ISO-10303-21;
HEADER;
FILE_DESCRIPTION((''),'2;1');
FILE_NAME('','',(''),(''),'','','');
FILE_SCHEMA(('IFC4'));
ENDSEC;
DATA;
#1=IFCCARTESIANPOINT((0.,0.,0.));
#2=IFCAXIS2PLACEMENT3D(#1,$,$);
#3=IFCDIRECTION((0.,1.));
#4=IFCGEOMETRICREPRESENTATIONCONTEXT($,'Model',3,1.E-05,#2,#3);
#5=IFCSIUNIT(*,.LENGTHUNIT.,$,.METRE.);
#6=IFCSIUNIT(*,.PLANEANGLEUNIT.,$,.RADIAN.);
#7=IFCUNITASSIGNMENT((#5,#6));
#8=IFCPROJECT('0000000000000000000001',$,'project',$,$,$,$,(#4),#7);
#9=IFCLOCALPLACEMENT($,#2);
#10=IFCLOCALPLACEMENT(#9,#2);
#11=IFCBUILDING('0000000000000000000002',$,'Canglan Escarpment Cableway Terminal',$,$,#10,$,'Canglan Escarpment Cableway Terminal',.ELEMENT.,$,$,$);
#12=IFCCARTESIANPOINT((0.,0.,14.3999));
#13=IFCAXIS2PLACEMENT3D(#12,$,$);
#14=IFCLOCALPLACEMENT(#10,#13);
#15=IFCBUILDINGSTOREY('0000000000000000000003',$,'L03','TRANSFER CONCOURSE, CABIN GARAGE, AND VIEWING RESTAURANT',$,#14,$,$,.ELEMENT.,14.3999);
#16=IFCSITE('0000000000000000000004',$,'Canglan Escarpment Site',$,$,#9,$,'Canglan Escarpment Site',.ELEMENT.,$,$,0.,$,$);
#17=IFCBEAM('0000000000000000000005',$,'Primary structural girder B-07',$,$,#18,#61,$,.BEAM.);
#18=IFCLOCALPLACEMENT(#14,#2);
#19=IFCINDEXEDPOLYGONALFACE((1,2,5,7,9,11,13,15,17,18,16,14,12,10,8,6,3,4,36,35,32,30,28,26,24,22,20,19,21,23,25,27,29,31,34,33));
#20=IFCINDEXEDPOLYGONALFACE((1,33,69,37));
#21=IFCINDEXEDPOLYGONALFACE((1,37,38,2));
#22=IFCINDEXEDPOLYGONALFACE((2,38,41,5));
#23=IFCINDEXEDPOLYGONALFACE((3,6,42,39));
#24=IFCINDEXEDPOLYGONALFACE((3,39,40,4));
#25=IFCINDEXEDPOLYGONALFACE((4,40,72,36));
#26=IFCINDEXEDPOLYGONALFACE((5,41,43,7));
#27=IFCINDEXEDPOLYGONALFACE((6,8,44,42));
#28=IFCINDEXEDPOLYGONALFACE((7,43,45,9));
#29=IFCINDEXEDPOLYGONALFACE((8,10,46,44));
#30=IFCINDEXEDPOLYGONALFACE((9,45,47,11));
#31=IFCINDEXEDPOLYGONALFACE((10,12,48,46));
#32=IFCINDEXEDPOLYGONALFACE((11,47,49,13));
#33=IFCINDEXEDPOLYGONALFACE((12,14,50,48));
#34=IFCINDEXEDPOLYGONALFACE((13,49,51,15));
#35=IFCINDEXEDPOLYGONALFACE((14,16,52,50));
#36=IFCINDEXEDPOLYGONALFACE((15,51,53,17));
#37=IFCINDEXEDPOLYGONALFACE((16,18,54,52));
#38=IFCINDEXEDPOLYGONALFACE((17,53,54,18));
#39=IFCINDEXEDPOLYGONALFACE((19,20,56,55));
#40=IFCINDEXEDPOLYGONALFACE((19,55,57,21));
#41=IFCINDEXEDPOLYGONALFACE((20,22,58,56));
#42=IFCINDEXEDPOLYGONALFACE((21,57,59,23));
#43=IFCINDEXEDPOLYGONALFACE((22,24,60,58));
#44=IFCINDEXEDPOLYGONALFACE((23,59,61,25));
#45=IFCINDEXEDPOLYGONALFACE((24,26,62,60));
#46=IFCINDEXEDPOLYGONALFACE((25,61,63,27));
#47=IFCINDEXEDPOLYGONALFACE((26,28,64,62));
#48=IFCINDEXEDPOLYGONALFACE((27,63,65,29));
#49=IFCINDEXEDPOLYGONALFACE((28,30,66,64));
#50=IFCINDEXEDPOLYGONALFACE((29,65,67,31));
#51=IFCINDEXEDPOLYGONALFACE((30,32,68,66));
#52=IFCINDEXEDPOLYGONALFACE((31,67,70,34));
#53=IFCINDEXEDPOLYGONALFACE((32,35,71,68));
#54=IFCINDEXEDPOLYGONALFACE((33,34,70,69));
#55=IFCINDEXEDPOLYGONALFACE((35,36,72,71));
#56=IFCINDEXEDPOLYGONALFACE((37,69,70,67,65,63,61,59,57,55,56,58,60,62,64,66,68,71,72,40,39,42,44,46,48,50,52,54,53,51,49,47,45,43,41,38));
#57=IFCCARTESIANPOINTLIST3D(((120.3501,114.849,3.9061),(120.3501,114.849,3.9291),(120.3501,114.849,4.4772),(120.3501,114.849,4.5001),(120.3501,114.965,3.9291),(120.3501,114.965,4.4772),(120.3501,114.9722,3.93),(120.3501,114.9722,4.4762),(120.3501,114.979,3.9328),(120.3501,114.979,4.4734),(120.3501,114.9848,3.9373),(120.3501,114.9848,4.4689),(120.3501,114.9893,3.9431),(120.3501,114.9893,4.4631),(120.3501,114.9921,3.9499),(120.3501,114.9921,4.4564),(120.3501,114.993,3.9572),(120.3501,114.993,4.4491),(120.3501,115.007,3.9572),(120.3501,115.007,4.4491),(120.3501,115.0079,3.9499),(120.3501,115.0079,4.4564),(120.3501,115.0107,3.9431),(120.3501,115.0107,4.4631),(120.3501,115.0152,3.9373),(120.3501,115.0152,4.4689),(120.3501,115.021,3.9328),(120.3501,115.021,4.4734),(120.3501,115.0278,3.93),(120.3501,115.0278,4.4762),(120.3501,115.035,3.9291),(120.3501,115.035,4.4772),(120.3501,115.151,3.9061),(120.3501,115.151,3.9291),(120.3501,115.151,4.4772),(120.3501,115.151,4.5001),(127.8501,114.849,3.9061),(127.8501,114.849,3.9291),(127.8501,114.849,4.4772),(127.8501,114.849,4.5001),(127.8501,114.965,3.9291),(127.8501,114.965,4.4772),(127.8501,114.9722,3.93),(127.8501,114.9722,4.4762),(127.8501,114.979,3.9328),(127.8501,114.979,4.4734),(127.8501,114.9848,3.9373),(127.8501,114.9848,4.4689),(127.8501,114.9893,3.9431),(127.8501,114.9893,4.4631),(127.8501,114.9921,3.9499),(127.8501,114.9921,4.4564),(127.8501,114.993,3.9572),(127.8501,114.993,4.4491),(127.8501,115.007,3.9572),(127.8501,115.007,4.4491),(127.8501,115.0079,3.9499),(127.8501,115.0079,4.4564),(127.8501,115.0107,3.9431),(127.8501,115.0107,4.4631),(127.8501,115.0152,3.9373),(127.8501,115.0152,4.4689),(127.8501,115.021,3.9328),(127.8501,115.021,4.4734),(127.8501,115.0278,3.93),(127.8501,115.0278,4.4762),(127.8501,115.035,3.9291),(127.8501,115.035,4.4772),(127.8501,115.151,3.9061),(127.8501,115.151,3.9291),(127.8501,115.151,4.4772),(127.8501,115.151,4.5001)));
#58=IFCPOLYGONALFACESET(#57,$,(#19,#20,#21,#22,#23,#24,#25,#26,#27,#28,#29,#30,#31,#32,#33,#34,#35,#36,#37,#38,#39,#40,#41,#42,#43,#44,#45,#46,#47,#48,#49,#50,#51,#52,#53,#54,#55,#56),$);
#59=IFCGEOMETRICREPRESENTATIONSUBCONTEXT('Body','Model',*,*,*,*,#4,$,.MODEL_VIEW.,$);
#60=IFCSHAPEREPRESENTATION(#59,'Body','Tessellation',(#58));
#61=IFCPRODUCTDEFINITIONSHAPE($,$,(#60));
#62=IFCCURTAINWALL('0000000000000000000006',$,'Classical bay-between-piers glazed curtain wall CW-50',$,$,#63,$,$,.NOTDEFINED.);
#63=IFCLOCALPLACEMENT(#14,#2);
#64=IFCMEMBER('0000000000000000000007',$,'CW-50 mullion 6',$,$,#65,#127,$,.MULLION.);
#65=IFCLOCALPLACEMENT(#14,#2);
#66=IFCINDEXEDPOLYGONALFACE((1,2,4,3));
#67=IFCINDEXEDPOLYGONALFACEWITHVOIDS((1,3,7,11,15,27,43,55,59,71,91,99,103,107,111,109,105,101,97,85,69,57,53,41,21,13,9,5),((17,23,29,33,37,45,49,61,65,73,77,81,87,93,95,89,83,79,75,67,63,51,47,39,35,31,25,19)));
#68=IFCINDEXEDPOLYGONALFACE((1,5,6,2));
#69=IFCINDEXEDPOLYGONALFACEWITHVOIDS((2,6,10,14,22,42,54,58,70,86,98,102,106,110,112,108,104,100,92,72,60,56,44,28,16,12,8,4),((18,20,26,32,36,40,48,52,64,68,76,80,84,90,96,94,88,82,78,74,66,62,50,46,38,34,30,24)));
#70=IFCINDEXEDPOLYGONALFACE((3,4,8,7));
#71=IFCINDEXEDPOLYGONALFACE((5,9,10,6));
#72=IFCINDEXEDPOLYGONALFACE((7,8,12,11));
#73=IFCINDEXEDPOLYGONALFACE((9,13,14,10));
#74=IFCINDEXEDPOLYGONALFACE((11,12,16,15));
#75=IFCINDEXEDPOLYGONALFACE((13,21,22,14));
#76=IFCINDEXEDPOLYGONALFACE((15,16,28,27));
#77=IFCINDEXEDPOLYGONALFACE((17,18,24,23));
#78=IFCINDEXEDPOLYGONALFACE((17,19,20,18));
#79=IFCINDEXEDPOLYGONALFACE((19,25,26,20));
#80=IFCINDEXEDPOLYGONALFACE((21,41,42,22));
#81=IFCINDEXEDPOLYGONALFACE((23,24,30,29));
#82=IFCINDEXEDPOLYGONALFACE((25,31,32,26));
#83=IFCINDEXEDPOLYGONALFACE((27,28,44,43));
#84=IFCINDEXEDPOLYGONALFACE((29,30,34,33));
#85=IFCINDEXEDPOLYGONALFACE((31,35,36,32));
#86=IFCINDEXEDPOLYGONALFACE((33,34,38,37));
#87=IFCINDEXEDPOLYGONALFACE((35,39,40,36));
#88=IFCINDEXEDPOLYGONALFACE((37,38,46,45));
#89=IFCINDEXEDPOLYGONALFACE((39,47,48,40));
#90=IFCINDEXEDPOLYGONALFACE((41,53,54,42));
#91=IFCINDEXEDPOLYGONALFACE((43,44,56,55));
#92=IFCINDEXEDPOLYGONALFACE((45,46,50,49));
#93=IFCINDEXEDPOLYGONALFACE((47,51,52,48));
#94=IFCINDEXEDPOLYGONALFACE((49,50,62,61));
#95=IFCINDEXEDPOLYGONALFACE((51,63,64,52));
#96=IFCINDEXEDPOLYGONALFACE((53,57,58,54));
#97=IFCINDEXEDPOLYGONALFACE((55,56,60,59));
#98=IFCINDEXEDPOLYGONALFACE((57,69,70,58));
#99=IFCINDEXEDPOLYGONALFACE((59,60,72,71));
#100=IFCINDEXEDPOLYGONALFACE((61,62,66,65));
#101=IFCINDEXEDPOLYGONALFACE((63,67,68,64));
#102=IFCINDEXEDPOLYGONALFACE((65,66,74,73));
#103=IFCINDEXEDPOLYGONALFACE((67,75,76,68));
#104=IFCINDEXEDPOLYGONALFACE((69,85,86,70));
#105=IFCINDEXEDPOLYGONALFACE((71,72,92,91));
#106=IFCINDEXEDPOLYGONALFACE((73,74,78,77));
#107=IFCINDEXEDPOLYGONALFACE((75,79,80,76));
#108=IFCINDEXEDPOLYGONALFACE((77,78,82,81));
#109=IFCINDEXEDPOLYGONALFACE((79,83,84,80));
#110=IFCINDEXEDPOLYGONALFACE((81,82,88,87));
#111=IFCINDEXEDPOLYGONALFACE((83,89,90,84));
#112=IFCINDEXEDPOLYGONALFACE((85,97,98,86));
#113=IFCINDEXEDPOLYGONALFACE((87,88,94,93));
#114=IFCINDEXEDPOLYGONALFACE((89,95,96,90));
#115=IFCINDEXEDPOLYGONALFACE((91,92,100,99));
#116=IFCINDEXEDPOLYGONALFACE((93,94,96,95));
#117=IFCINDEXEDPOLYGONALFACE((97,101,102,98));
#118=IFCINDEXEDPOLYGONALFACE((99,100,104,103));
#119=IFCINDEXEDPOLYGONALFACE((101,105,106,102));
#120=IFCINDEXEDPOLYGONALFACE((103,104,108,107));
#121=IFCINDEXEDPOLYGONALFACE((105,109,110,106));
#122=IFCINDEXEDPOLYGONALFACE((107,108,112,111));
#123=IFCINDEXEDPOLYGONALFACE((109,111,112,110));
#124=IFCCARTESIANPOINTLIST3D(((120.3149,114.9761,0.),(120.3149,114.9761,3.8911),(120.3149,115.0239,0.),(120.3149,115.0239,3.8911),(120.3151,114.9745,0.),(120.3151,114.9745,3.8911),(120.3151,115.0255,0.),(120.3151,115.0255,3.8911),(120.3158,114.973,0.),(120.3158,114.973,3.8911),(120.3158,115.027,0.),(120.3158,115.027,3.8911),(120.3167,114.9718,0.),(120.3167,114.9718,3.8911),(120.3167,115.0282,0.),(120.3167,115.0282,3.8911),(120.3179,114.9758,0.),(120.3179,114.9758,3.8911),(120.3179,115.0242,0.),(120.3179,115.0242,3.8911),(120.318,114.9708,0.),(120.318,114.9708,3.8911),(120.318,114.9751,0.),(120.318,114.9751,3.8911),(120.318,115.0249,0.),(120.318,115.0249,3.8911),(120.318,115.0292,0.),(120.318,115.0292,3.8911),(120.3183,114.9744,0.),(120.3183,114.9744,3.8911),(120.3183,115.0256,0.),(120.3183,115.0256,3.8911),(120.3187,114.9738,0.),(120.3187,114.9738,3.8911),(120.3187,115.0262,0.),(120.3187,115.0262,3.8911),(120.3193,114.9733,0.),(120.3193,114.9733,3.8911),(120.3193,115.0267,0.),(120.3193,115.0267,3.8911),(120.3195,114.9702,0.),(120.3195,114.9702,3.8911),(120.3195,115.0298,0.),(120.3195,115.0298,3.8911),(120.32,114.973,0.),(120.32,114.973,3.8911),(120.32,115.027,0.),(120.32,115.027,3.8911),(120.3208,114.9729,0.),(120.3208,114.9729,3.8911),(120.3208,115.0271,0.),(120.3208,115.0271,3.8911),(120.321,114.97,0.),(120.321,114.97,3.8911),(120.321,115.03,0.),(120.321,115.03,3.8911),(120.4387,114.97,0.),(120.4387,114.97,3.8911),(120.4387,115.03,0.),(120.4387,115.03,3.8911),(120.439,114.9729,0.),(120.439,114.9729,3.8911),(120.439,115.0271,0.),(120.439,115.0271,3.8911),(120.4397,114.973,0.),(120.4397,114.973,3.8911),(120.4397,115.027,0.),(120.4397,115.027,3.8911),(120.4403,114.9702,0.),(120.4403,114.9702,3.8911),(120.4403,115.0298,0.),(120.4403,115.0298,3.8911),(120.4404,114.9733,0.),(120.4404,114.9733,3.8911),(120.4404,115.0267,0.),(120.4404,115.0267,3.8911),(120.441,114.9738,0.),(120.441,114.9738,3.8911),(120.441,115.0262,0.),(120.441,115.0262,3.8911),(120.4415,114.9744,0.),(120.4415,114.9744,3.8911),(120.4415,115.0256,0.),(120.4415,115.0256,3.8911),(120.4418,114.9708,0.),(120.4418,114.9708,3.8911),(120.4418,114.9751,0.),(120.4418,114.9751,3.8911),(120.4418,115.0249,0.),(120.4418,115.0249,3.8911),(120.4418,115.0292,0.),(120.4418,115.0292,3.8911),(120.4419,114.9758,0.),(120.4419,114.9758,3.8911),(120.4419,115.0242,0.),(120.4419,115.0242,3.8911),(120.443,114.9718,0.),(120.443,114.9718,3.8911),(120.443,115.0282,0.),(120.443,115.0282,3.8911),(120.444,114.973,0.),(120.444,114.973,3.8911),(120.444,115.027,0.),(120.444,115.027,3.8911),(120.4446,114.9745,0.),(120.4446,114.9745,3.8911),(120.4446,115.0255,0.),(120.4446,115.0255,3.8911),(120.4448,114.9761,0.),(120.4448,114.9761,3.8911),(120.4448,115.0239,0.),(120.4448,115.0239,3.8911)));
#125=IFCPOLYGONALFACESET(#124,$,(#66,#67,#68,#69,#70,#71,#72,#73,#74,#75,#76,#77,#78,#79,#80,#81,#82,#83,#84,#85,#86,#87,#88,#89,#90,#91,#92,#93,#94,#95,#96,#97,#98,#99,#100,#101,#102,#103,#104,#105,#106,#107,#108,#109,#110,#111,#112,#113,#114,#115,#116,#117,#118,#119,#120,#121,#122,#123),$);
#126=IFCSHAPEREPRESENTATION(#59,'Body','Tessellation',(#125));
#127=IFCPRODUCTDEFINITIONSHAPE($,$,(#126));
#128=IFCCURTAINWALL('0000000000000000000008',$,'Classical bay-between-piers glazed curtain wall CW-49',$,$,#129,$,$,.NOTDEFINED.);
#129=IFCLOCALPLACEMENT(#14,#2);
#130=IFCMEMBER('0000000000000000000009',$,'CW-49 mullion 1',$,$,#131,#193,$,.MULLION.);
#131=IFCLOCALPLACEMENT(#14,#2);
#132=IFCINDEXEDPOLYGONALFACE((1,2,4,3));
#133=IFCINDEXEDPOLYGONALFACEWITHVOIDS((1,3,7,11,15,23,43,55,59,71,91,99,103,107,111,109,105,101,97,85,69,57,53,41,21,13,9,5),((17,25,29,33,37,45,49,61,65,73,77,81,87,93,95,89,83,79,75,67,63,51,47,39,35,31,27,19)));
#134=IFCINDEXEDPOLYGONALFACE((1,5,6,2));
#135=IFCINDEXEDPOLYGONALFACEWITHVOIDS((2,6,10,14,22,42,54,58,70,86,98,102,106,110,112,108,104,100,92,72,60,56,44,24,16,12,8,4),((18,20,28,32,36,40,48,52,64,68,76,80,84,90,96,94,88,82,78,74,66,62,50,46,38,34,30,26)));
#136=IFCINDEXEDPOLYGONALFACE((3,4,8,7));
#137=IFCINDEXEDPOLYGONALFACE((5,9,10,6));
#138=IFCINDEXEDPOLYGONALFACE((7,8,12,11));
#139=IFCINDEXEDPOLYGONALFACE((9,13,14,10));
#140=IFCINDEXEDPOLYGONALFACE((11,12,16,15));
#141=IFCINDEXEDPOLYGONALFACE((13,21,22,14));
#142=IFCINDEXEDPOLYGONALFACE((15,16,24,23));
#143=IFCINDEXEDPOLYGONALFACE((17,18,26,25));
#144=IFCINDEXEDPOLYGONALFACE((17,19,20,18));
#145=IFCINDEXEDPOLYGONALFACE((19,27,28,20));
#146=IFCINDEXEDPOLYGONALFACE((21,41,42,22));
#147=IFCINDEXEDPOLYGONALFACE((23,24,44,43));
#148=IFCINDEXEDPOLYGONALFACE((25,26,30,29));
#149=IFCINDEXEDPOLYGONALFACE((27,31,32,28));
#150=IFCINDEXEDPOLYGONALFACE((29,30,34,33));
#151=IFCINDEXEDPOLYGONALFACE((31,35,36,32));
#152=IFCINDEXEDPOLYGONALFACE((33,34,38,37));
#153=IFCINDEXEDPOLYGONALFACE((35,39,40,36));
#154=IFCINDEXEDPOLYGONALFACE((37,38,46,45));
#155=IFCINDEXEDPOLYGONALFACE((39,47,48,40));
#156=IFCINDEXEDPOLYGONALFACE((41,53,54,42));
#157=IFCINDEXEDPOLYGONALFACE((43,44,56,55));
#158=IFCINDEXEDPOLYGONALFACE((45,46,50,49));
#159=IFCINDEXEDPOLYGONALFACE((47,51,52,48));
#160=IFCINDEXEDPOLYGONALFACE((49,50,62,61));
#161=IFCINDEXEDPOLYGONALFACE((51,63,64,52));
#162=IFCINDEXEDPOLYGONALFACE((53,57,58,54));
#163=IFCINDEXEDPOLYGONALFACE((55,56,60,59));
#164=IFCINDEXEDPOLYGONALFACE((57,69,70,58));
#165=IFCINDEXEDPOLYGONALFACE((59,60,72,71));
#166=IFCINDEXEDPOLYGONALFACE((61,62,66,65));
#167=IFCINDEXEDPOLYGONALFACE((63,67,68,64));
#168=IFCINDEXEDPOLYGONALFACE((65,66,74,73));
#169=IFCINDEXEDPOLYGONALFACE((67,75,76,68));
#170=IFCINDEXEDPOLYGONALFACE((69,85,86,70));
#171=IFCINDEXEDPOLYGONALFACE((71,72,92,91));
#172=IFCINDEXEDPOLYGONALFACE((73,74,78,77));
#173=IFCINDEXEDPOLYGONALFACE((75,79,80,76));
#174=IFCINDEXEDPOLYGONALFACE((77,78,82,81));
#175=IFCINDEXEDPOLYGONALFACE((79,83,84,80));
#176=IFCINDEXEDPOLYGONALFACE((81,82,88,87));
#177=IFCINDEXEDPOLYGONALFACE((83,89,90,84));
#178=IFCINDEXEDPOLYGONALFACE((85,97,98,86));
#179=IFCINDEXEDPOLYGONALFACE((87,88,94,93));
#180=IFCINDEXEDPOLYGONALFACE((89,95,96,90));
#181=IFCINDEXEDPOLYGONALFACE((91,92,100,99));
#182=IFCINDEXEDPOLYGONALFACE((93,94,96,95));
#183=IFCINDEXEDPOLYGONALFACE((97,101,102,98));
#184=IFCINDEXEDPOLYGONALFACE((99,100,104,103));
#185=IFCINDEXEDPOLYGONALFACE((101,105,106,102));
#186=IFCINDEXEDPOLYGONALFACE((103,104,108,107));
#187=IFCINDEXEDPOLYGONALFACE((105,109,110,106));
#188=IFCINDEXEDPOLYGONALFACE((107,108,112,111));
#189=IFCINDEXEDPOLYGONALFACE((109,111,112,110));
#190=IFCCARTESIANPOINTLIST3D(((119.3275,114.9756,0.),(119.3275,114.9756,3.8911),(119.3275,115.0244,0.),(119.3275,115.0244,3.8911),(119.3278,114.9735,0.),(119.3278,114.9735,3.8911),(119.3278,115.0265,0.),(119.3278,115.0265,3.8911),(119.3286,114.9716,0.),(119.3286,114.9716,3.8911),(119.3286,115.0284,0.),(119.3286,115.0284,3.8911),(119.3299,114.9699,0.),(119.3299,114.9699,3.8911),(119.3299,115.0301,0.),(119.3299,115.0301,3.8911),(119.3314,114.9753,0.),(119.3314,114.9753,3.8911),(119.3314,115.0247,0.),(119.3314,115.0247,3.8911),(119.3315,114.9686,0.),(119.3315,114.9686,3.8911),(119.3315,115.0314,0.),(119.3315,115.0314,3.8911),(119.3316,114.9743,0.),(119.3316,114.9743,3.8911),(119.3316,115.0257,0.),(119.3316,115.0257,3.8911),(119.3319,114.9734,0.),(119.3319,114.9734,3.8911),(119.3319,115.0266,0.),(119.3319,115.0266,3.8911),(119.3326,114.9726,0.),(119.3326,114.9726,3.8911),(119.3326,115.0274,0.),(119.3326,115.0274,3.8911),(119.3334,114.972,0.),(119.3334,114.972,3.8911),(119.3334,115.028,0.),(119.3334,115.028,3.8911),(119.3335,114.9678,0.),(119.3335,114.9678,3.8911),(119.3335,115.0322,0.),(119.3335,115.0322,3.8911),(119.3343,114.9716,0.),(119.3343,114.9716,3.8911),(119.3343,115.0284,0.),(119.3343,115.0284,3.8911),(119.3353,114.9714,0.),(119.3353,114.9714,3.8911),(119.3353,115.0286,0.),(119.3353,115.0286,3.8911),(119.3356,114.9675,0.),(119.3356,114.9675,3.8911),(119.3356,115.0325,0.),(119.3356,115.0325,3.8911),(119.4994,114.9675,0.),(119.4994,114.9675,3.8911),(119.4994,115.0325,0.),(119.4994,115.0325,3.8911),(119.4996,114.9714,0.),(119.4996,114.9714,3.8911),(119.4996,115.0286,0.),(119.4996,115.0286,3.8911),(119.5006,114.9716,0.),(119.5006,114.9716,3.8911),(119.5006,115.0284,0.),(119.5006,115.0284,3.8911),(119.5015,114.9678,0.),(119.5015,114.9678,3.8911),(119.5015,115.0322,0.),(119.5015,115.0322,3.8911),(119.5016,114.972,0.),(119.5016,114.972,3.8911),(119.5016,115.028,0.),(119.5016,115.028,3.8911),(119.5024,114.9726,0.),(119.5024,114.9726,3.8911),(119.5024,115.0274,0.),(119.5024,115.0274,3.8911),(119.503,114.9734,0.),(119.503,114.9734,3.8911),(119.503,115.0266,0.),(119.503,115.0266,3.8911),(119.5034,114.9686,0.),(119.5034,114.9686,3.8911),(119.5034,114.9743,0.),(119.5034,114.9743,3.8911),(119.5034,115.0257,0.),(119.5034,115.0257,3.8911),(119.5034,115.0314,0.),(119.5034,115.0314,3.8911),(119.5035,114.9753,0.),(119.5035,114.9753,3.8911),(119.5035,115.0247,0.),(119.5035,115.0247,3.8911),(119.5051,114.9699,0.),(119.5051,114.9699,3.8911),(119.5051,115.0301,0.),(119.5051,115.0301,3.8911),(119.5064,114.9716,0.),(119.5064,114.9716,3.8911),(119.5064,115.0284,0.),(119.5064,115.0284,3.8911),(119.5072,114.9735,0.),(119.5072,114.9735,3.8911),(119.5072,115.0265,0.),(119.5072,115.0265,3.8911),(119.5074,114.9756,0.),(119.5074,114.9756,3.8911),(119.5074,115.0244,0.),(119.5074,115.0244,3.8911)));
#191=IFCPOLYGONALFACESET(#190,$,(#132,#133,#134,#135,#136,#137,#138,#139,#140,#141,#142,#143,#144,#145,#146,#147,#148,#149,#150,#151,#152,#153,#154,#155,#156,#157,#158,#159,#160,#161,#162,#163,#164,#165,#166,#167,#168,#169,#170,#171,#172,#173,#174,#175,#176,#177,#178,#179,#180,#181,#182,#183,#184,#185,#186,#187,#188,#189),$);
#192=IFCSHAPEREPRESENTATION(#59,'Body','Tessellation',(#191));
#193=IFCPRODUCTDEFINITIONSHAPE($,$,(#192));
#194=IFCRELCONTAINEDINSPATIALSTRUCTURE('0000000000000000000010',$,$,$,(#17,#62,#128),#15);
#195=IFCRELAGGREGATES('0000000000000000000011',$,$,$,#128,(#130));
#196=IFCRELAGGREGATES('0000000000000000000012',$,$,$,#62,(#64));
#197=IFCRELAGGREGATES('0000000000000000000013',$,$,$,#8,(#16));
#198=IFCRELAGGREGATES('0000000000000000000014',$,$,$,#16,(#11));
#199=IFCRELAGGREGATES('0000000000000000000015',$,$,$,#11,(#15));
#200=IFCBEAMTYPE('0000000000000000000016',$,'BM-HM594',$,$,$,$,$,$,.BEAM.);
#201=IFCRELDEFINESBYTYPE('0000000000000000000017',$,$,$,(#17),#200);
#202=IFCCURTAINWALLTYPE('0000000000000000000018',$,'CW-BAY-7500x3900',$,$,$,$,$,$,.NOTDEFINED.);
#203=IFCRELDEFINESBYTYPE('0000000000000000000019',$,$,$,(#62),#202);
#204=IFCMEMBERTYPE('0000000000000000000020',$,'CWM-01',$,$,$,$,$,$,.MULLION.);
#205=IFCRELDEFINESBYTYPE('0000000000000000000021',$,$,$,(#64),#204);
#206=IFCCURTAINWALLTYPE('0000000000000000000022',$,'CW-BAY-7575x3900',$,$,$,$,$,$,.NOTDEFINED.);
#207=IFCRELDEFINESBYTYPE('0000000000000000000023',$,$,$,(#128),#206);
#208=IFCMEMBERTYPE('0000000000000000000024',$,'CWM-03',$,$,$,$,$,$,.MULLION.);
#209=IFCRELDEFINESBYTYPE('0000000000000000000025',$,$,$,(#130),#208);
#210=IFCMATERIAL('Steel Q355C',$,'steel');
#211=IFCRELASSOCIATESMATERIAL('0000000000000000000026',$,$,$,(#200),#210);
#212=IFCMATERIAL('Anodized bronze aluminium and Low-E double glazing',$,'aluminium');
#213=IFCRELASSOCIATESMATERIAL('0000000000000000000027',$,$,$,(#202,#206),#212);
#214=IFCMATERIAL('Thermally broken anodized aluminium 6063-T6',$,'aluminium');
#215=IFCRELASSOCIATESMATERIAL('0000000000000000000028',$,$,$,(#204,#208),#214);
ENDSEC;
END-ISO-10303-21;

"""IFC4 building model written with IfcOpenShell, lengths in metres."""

from ifc_helpers import new_model, si_unit, direction, frame, origin, origin_2d, place, context, subcontext, project, spatial, hollow_rectangle, i_section, extrude, material, material_profile, profile_set, type_object, element, aggregate, save


model = new_model("IFC4")

# Units and contexts
model_context = context("Model", 3, precision=1e-05, world=origin(), true_north=direction((0.0, 1.0)))
body_context = subcontext(model_context, "Body", "Model", "MODEL_VIEW")
ifc_project = project(units=[si_unit("LENGTHUNIT", "METRE"), si_unit("PLANEANGLEUNIT", "RADIAN")], contexts=[model_context])

# Site, building, storey
site_placement = place(None, origin())
site = spatial("IfcSite", under=ifc_project, at=site_placement, Name="Canglan Escarpment Site", LongName="Canglan Escarpment Site", CompositionType="ELEMENT", RefElevation=0.0)
building_placement = place(site_placement, origin())
building = spatial("IfcBuilding", under=site, at=building_placement, Name="Canglan Escarpment Cableway Terminal", LongName="Canglan Escarpment Cableway Terminal", CompositionType="ELEMENT")
storey_placement = place(building_placement, frame((0.0, 0.0, 14.3999)))
storey = spatial("IfcBuildingStorey", under=building, at=storey_placement, Name="L03", Description="TRANSFER CONCOURSE, CABIN GARAGE, AND VIEWING RESTAURANT", CompositionType="ELEMENT", Elevation=14.3999)

# Beam
ifc_material_1 = material(Name="Steel Q355C", Category="steel")
ifc_material_profile_1 = material_profile(ifc_material_1, i_section(OverallWidth=0.302, OverallDepth=0.594, WebThickness=0.0139, FlangeThickness=0.0229, FilletRadius=0.0281, at=origin_2d()), Name="HM 594x302x14x23")
ifc_profile_set_1 = profile_set([ifc_material_profile_1], Name="Steel Q355C")
beam_type_1 = type_object("IfcBeamType", Name="BM-HM594", PredefinedType="BEAM", material=ifc_profile_set_1)
beam_1_placement = place(storey_placement, frame((120.3501, 115.0, 4.2031), z_axis=(1.0, 0.0, 0.0), x_axis=(0.0, 1.0, 0.0)))
element("IfcBeam", 1, at=beam_1_placement, inside=storey, type_object=beam_type_1, Name="Primary structural girder B-07", PredefinedType="BEAM", context=body_context, shape_type="SweptSolid", body=[
    extrude(i_section(OverallWidth=0.302, OverallDepth=0.594, WebThickness=0.0139, FlangeThickness=0.0229, FilletRadius=0.0281, at=origin_2d()), origin(), (0.0, 0.0, 1.0), 7.5),
])

# Curtain walls, members
ifc_material_2 = material(Name="Anodized bronze aluminium and Low-E double glazing", Category="aluminium")
curtain_wall_type_1 = type_object("IfcCurtainWallType", Name="CW-BAY-7500x3900", PredefinedType="NOTDEFINED", material=ifc_material_2)
curtain_wall_1_placement = place(storey_placement, origin())
curtain_wall_1 = element("IfcCurtainWall", 2, at=curtain_wall_1_placement, inside=storey, type_object=curtain_wall_type_1, Name="Classical bay-between-piers glazed curtain wall CW-50", PredefinedType="NOTDEFINED")
ifc_material_3 = material(Name="Thermally broken anodized aluminium 6063-T6", Category="aluminium")
ifc_material_profile_2 = material_profile(ifc_material_3, hollow_rectangle(XDim=0.0601, YDim=0.1299, WallThickness=0.0029, InnerFilletRadius=0.0029, OuterFilletRadius=0.0061, at=origin_2d()), Name="ALU-MULL 60x130x3")
ifc_profile_set_2 = profile_set([ifc_material_profile_2], Name="Thermally broken anodized aluminium 6063-T6")
member_type_1 = type_object("IfcMemberType", Name="CWM-01", PredefinedType="MULLION", material=ifc_profile_set_2)
member_1_placement = place(storey_placement, frame((120.3799, 115.0, 0.0), z_axis=(0.0, 0.0, 1.0), x_axis=(0.0, -1.0, 0.0)))
member_1 = element("IfcMember", 3, at=member_1_placement, type_object=member_type_1, Name="CW-50 mullion 6", PredefinedType="MULLION", context=body_context, shape_type="SweptSolid", body=[
    extrude(hollow_rectangle(XDim=0.0601, YDim=0.1299, WallThickness=0.0029, InnerFilletRadius=0.0029, OuterFilletRadius=0.0061, at=origin_2d()), origin(), (0.0, 0.0, 1.0), 3.8911),
])
curtain_wall_type_2 = type_object("IfcCurtainWallType", Name="CW-BAY-7575x3900", PredefinedType="NOTDEFINED", material=ifc_material_2)
curtain_wall_2_placement = place(storey_placement, origin())
curtain_wall_2 = element("IfcCurtainWall", 4, at=curtain_wall_2_placement, inside=storey, type_object=curtain_wall_type_2, Name="Classical bay-between-piers glazed curtain wall CW-49", PredefinedType="NOTDEFINED")
ifc_material_profile_3 = material_profile(ifc_material_3, hollow_rectangle(XDim=0.0649, YDim=0.1799, WallThickness=0.0039, InnerFilletRadius=0.0039, OuterFilletRadius=0.0081, at=origin_2d()), Name="ALU-MULL 65x180x4")
ifc_profile_set_3 = profile_set([ifc_material_profile_3], Name="Thermally broken anodized aluminium 6063-T6")
member_type_2 = type_object("IfcMemberType", Name="CWM-03", PredefinedType="MULLION", material=ifc_profile_set_3)
member_2_placement = place(storey_placement, frame((119.4175, 115.0, 0.0), z_axis=(0.0, 0.0, 1.0), x_axis=(0.0, -1.0, 0.0)))
member_2 = element("IfcMember", 5, at=member_2_placement, type_object=member_type_2, Name="CW-49 mullion 1", PredefinedType="MULLION", context=body_context, shape_type="SweptSolid", body=[
    extrude(hollow_rectangle(XDim=0.0649, YDim=0.1799, WallThickness=0.0039, InnerFilletRadius=0.0039, OuterFilletRadius=0.0081, at=origin_2d()), origin(), (0.0, 0.0, 1.0), 3.8911),
])

aggregate(curtain_wall_2, [member_2])

aggregate(curtain_wall_1, [member_1])

save(model, "model.ifc")
